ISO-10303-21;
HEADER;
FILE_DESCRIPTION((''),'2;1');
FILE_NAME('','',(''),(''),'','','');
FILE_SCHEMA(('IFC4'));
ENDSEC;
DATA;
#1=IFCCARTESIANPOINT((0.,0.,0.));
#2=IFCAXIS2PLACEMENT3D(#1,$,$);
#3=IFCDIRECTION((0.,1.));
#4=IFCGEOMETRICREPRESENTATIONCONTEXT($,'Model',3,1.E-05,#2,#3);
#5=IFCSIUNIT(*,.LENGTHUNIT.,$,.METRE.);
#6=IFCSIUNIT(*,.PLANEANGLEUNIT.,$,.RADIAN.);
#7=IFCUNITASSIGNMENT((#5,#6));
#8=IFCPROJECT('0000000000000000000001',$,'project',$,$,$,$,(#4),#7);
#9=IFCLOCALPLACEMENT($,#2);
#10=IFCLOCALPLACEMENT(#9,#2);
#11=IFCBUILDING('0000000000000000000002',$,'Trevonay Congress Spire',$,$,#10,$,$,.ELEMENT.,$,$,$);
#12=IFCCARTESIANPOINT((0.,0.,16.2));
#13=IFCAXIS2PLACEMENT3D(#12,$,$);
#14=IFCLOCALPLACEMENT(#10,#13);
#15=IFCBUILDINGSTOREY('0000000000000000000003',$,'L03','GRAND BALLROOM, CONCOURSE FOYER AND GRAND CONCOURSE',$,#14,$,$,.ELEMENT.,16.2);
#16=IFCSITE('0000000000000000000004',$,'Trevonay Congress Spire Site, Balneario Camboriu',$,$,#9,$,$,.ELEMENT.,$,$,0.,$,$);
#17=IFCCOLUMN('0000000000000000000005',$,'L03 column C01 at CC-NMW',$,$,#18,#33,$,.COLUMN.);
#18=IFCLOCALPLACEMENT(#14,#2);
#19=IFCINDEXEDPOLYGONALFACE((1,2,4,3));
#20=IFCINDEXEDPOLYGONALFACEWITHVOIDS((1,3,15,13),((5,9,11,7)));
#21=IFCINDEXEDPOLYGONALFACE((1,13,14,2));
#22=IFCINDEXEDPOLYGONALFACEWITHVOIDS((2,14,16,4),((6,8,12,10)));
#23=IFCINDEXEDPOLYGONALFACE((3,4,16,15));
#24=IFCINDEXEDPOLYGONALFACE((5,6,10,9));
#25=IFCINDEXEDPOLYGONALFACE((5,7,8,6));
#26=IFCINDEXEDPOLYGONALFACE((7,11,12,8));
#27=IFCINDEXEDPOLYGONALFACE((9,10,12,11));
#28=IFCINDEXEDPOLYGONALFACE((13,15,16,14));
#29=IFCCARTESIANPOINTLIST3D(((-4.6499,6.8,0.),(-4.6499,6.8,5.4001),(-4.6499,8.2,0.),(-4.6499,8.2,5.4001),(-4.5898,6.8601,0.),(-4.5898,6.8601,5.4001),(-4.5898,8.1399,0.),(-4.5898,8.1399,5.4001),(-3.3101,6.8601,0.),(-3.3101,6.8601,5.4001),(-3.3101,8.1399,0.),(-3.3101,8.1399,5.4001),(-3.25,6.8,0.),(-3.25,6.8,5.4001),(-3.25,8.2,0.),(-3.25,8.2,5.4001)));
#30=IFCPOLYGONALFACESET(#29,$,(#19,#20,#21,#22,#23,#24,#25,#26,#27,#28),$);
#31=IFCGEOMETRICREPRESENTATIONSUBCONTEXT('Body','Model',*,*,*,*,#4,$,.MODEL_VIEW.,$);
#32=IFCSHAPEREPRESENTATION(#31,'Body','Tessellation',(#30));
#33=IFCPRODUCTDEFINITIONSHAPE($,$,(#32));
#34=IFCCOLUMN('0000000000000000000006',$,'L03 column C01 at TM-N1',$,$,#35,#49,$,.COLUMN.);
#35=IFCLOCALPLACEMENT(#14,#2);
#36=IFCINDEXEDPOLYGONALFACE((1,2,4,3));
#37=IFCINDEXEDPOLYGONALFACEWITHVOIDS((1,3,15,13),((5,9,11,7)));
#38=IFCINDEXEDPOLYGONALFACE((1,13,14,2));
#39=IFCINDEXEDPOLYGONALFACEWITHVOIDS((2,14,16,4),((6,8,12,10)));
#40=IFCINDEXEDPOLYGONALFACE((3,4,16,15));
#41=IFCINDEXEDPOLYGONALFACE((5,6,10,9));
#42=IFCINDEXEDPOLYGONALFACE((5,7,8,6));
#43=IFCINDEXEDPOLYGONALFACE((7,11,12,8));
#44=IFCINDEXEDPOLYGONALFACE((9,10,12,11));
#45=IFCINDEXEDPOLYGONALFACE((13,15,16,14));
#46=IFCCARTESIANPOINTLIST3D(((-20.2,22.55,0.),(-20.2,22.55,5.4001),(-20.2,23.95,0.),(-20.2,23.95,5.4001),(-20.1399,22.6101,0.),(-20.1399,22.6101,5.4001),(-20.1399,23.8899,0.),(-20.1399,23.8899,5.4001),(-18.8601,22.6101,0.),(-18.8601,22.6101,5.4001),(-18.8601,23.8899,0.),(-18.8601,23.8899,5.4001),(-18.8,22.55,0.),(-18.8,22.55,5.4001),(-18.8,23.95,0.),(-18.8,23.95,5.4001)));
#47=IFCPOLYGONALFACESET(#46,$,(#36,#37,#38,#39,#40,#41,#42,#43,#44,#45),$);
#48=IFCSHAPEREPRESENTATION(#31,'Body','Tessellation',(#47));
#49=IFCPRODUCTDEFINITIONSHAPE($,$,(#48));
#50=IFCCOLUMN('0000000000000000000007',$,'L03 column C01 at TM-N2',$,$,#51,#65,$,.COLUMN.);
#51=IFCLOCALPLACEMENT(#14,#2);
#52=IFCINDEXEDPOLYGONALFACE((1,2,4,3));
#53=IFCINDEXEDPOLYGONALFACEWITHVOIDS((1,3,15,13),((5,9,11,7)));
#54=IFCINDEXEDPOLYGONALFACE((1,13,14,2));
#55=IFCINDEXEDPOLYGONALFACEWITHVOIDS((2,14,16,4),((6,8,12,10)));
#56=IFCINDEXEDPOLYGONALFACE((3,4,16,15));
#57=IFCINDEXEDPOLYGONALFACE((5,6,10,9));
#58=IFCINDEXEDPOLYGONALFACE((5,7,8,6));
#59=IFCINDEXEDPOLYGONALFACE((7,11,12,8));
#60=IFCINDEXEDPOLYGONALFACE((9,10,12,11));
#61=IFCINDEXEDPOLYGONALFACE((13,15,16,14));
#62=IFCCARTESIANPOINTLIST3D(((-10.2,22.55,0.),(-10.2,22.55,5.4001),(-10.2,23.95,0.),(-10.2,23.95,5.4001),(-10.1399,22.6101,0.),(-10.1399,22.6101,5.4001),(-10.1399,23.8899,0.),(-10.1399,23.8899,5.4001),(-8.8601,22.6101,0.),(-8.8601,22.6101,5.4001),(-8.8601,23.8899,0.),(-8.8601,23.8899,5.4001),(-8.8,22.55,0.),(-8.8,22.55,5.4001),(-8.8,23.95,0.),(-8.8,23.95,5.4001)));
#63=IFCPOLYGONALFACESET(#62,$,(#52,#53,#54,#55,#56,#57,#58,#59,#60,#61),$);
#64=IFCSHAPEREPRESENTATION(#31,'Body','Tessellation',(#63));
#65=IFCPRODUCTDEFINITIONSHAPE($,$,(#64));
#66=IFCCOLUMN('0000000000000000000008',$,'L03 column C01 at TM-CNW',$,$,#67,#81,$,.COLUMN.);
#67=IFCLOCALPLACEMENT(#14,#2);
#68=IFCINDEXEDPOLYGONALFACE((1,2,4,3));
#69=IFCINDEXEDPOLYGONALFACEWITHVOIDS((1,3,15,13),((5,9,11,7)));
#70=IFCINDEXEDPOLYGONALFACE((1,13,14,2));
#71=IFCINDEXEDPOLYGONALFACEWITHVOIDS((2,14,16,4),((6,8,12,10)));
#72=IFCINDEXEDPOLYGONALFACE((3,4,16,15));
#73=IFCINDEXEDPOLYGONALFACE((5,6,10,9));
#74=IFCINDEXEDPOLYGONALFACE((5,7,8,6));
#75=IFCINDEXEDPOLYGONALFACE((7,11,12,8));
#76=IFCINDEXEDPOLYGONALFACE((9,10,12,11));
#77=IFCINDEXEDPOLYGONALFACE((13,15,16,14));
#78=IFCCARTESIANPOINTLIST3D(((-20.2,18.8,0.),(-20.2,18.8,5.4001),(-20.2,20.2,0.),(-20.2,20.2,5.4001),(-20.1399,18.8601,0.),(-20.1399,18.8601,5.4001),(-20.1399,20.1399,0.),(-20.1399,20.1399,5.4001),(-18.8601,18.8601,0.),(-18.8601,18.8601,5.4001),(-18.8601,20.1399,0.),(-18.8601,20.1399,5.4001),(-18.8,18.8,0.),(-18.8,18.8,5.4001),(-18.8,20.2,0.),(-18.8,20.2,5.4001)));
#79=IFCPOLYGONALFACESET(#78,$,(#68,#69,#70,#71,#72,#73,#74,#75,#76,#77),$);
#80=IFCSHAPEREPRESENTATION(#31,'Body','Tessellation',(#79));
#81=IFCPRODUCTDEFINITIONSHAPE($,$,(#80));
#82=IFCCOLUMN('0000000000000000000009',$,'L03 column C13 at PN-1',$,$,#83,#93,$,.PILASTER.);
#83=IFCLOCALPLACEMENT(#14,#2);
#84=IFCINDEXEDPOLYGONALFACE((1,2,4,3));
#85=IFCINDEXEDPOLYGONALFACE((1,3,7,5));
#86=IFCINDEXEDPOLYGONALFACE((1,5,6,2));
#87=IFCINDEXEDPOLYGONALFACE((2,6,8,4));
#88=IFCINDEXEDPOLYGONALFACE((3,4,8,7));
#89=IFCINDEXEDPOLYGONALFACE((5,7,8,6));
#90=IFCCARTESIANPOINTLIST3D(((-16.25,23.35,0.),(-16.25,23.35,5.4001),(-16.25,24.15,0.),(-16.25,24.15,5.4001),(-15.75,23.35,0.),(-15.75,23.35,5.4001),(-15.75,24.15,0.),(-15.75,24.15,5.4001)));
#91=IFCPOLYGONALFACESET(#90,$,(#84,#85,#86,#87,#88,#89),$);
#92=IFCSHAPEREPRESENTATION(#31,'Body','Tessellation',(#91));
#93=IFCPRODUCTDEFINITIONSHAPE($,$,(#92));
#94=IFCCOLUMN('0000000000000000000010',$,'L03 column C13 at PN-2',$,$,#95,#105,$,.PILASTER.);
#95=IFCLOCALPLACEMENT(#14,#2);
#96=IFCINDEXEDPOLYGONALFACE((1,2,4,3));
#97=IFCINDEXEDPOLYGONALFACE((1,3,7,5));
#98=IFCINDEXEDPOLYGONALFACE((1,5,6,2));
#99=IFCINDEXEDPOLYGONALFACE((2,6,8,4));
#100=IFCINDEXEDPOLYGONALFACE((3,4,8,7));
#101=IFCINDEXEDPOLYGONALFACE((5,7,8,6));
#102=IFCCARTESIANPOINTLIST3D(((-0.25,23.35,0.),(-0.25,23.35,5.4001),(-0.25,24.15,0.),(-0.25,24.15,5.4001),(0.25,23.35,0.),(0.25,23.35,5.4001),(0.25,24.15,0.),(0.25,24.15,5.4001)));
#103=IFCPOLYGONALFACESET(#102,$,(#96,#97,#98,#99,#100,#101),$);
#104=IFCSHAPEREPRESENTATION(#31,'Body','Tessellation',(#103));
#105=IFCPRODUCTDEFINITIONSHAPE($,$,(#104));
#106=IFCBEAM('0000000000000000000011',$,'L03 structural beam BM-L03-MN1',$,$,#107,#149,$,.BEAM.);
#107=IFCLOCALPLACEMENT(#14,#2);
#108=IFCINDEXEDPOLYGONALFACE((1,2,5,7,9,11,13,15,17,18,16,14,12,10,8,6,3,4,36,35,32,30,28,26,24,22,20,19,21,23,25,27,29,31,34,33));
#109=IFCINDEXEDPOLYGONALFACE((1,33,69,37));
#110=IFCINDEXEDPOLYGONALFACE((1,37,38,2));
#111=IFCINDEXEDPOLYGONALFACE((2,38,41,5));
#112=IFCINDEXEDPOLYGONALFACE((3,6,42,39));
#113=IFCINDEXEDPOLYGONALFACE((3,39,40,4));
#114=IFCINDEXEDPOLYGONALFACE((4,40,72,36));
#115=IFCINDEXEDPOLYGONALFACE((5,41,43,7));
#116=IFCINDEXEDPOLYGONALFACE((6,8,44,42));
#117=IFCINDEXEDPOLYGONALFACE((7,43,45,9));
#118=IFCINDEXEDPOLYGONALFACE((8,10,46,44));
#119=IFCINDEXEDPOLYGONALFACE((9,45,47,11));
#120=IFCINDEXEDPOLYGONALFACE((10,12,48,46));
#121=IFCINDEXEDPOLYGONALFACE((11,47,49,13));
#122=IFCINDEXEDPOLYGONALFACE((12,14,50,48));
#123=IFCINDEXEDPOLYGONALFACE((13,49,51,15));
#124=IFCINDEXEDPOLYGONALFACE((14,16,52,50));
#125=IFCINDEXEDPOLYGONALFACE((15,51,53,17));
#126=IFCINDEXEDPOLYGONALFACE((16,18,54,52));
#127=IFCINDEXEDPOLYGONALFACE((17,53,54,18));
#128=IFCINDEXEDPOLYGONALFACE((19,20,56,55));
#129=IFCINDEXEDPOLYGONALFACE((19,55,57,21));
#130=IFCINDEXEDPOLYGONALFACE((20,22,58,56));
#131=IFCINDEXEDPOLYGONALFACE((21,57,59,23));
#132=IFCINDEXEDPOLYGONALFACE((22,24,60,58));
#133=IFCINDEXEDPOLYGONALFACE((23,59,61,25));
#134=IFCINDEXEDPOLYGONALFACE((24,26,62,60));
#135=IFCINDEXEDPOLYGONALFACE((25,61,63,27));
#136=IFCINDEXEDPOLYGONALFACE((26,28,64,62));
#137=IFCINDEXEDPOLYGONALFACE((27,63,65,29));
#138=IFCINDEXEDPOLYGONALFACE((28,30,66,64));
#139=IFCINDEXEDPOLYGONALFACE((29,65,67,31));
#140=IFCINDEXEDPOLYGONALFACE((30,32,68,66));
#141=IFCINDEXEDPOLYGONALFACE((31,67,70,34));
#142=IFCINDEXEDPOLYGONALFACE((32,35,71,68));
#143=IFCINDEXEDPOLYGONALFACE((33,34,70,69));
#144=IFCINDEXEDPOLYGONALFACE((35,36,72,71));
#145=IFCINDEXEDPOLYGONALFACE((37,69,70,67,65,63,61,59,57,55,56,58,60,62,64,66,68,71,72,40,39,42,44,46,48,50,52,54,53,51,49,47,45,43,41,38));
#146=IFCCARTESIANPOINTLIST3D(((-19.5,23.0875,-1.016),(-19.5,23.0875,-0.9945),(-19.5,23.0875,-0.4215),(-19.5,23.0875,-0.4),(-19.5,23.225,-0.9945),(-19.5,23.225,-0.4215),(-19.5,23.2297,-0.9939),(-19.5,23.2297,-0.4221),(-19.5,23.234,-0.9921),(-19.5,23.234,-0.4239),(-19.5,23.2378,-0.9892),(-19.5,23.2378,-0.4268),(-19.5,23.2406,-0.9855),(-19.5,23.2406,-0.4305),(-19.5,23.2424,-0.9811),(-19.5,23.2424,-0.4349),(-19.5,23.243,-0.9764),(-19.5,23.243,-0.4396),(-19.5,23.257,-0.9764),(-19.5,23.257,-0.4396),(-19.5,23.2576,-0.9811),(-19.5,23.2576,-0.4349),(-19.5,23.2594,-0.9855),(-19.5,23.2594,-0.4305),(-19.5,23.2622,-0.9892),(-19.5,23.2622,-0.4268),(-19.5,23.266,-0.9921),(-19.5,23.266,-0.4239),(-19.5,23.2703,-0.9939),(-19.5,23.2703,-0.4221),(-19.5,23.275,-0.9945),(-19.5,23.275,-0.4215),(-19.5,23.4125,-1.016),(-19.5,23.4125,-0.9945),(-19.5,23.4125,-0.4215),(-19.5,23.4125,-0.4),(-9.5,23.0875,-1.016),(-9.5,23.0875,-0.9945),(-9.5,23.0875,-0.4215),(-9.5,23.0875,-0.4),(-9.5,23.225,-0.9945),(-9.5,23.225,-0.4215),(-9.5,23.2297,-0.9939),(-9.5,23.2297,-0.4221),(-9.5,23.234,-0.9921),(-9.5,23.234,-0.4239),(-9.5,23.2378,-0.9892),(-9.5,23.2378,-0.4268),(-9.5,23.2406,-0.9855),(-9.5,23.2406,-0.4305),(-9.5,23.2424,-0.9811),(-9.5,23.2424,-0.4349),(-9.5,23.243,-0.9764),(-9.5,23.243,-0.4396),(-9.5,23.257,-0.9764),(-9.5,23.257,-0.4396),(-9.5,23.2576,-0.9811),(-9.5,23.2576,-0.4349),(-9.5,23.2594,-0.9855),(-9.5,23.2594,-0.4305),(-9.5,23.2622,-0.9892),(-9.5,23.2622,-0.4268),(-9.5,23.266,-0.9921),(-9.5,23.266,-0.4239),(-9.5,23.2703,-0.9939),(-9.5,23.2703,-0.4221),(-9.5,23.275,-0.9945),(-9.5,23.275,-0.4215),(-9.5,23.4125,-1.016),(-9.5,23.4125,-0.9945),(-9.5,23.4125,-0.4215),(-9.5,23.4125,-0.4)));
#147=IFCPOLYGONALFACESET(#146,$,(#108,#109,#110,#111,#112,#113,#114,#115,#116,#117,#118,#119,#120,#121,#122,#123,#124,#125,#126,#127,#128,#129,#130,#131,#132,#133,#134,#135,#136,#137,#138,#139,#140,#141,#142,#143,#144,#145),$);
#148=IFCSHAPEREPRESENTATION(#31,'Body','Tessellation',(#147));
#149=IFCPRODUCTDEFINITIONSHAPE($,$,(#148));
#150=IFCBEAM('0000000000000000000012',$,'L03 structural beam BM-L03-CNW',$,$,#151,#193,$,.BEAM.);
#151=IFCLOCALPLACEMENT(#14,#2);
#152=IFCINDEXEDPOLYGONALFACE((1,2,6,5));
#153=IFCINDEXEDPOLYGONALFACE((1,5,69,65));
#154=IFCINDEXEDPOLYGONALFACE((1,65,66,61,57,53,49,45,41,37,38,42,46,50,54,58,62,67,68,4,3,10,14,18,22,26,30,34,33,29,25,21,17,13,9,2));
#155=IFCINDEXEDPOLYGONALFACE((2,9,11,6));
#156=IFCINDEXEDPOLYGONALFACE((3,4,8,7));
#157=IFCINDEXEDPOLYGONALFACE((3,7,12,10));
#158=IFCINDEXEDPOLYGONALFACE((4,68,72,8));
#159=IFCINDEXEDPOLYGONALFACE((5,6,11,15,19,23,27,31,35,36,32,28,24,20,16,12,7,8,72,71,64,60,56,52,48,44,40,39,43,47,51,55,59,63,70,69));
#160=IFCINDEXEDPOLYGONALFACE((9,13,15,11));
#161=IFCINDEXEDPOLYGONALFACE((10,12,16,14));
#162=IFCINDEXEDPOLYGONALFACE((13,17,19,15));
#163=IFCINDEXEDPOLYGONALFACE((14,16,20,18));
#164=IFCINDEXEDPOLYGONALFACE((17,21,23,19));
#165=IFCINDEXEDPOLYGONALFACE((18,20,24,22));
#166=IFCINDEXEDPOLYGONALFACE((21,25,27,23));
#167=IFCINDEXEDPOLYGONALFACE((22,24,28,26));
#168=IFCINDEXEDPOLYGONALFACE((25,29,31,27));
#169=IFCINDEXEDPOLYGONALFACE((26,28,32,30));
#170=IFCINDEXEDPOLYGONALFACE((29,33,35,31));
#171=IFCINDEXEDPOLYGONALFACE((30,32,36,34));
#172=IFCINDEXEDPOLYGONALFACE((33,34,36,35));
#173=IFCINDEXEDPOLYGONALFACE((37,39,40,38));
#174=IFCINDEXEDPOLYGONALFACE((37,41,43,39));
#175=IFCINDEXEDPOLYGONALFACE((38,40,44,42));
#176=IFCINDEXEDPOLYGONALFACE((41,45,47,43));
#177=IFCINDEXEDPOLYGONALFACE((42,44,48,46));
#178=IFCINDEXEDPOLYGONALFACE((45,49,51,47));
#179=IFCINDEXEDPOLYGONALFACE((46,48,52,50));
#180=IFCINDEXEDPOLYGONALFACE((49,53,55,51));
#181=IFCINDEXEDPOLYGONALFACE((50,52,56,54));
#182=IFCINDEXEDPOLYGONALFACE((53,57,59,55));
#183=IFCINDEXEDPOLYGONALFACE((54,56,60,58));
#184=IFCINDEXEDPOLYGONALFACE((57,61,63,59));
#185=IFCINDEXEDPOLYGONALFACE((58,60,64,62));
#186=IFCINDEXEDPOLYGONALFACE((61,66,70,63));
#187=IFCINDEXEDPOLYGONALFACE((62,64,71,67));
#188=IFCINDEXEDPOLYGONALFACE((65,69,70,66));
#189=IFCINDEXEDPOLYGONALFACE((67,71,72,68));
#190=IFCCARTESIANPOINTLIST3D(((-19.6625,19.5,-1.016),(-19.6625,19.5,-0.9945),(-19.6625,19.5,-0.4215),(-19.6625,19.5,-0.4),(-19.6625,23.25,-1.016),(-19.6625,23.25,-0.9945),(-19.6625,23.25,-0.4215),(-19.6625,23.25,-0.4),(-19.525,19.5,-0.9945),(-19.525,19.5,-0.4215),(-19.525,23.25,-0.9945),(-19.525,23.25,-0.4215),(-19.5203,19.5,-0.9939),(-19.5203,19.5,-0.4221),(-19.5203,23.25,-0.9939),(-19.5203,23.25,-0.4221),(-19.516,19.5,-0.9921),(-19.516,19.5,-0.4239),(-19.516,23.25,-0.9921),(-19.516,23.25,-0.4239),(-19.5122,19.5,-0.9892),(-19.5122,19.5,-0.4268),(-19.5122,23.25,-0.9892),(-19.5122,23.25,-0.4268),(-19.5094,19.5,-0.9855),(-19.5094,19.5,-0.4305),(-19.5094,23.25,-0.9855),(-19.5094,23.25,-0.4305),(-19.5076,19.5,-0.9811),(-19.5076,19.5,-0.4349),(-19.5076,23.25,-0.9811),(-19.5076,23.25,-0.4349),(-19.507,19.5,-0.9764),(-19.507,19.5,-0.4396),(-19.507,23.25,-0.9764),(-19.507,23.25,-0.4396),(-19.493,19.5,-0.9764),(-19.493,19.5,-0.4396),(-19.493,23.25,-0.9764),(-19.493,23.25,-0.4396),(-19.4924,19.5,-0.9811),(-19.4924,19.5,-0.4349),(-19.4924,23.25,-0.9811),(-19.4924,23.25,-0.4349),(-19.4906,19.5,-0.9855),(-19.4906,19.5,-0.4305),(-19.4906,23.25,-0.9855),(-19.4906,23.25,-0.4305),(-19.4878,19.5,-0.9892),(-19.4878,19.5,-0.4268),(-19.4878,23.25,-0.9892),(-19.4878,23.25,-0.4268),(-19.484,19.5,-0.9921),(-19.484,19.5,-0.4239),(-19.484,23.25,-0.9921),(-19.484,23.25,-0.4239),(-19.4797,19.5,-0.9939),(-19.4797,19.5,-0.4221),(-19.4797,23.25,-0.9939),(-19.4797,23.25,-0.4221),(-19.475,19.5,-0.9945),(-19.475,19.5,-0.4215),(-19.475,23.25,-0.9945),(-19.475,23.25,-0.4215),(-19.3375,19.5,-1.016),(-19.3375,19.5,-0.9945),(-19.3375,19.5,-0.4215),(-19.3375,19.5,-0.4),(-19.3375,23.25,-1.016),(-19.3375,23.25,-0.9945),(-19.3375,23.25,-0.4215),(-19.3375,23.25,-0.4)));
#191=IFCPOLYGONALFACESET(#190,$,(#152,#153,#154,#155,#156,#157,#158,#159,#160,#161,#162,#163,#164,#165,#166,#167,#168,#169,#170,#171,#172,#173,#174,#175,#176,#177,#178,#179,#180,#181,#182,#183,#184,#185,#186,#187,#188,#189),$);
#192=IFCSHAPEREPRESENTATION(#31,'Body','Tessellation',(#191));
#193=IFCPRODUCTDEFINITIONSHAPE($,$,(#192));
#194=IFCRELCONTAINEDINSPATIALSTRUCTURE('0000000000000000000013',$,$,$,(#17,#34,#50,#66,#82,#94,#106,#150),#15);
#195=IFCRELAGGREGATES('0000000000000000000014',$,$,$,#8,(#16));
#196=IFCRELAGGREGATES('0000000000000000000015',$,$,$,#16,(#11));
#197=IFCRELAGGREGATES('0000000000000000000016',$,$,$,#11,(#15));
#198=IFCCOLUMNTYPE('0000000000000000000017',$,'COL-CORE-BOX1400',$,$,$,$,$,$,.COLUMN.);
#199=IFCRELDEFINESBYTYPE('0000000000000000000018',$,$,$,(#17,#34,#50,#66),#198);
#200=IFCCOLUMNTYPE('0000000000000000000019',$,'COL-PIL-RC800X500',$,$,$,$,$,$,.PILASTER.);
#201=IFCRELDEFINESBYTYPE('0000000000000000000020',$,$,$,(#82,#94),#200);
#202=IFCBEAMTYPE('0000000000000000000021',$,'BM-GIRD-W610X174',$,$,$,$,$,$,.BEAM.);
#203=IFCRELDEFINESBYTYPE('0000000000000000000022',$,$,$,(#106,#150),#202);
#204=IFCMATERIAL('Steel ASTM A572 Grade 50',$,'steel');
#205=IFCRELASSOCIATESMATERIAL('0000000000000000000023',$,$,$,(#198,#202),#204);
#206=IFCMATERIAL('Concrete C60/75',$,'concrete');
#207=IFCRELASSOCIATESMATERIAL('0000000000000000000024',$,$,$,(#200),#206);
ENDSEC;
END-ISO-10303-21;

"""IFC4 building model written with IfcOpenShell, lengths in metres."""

from ifc_helpers import new_model, si_unit, direction, frame, origin, origin_2d, place, context, subcontext, project, spatial, rectangle, hollow_rectangle, i_section, extrude, material, material_profile, profile_set, type_object, element, save


model = new_model("IFC4")

# Units and contexts
model_context = context("Model", 3, precision=1e-05, world=origin(), true_north=direction((0.0, 1.0)))
body_context = subcontext(model_context, "Body", "Model", "MODEL_VIEW")
ifc_project = project(units=[si_unit("LENGTHUNIT", "METRE"), si_unit("PLANEANGLEUNIT", "RADIAN")], contexts=[model_context])

# Site, building, storey
site_placement = place(None, origin())
site = spatial("IfcSite", under=ifc_project, at=site_placement, Name="Trevonay Congress Spire Site, Balneario Camboriu", CompositionType="ELEMENT", RefElevation=0.0)
building_placement = place(site_placement, origin())
building = spatial("IfcBuilding", under=site, at=building_placement, Name="Trevonay Congress Spire", CompositionType="ELEMENT")
storey_placement = place(building_placement, frame((0.0, 0.0, 16.2)))
storey = spatial("IfcBuildingStorey", under=building, at=storey_placement, Name="L03", Description="GRAND BALLROOM, CONCOURSE FOYER AND GRAND CONCOURSE", CompositionType="ELEMENT", Elevation=16.2)

# Columns
ifc_material_1 = material(Name="Steel ASTM A572 Grade 50", Category="steel")
ifc_material_profile_1 = material_profile(ifc_material_1, hollow_rectangle(XDim=1.3999, YDim=1.3999, WallThickness=0.0601, at=origin_2d()), Name="BOX 1400x1400x60")
ifc_profile_set_1 = profile_set([ifc_material_profile_1], Name="Steel ASTM A572 Grade 50")
column_type_1 = type_object("IfcColumnType", Name="COL-CORE-BOX1400", PredefinedType="COLUMN", material=ifc_profile_set_1)
for number, where, z_axis, x_axis, name in (
    (1, (-3.95, 7.5, 0.0), (0.0, 0.0, 1.0), (1.0, 0.0, 0.0), "L03 column C01 at CC-NMW"),
    (2, (-19.5, 23.25, 0.0), (0.0, 0.0, 1.0), (1.0, 0.0, 0.0), "L03 column C01 at TM-N1"),
    (3, (-9.5, 23.25, 0.0), (0.0, 0.0, 1.0), (1.0, 0.0, 0.0), "L03 column C01 at TM-N2"),
    (4, (-19.5, 19.5, 0.0), (0.0, 0.0, 1.0), (1.0, 0.0, 0.0), "L03 column C01 at TM-CNW"),
):
    element("IfcColumn", number, at=place(storey_placement, frame(where, z_axis=z_axis, x_axis=x_axis)), inside=storey, type_object=column_type_1, Name=name, PredefinedType="COLUMN", context=body_context, shape_type="SweptSolid", body=[
        extrude(hollow_rectangle(XDim=1.3999, YDim=1.3999, WallThickness=0.0601, at=origin_2d()), origin(), (0.0, 0.0, 1.0), 5.4001),
    ])
ifc_material_2 = material(Name="Concrete C60/75", Category="concrete")
ifc_material_profile_2 = material_profile(ifc_material_2, rectangle(XDim=0.5, YDim=0.8, at=origin_2d()), Name="RC 800x500")
ifc_profile_set_2 = profile_set([ifc_material_profile_2], Name="Concrete C60/75")
column_type_2 = type_object("IfcColumnType", Name="COL-PIL-RC800X500", PredefinedType="PILASTER", material=ifc_profile_set_2)
for number, where, z_axis, x_axis, name in (
    (5, (-16.0, 23.75, 0.0), (0.0, 0.0, 1.0), (1.0, 0.0, 0.0), "L03 column C13 at PN-1"),
    (6, (0.0, 23.75, 0.0), (0.0, 0.0, 1.0), (1.0, 0.0, 0.0), "L03 column C13 at PN-2"),
):
    element("IfcColumn", number, at=place(storey_placement, frame(where, z_axis=z_axis, x_axis=x_axis)), inside=storey, type_object=column_type_2, Name=name, PredefinedType="PILASTER", context=body_context, shape_type="SweptSolid", body=[
        extrude(rectangle(XDim=0.5, YDim=0.8, at=origin_2d()), origin(), (0.0, 0.0, 1.0), 5.4001),
    ])

# Beams
ifc_material_profile_3 = material_profile(ifc_material_1, i_section(OverallWidth=0.325, OverallDepth=0.616, WebThickness=0.0139, FlangeThickness=0.0215, FilletRadius=0.0181, at=origin_2d()), Name="W610x174")
ifc_profile_set_3 = profile_set([ifc_material_profile_3], Name="Steel ASTM A572 Grade 50")
beam_type_1 = type_object("IfcBeamType", Name="BM-GIRD-W610X174", PredefinedType="BEAM", material=ifc_profile_set_3)
beam_1_placement = place(storey_placement, frame((-19.5, 23.25, -0.708), z_axis=(1.0, 0.0, 0.0), x_axis=(0.0, 1.0, 0.0)))
element("IfcBeam", 7, at=beam_1_placement, inside=storey, type_object=beam_type_1, Name="L03 structural beam BM-L03-MN1", PredefinedType="BEAM", context=body_context, shape_type="SweptSolid", body=[
    extrude(i_section(OverallWidth=0.325, OverallDepth=0.616, WebThickness=0.0139, FlangeThickness=0.0215, FilletRadius=0.0181, at=origin_2d()), origin(), (0.0, 0.0, 1.0), 10.0),
])
beam_2_placement = place(storey_placement, frame((-19.5, 23.25, -0.708), z_axis=(0.0, -1.0, 0.0), x_axis=(1.0, 0.0, 0.0)))
element("IfcBeam", 8, at=beam_2_placement, inside=storey, type_object=beam_type_1, Name="L03 structural beam BM-L03-CNW", PredefinedType="BEAM", context=body_context, shape_type="SweptSolid", body=[
    extrude(i_section(OverallWidth=0.325, OverallDepth=0.616, WebThickness=0.0139, FlangeThickness=0.0215, FilletRadius=0.0181, at=origin_2d()), origin(), (0.0, 0.0, 1.0), 3.75),
])

save(model, "model.ifc")
